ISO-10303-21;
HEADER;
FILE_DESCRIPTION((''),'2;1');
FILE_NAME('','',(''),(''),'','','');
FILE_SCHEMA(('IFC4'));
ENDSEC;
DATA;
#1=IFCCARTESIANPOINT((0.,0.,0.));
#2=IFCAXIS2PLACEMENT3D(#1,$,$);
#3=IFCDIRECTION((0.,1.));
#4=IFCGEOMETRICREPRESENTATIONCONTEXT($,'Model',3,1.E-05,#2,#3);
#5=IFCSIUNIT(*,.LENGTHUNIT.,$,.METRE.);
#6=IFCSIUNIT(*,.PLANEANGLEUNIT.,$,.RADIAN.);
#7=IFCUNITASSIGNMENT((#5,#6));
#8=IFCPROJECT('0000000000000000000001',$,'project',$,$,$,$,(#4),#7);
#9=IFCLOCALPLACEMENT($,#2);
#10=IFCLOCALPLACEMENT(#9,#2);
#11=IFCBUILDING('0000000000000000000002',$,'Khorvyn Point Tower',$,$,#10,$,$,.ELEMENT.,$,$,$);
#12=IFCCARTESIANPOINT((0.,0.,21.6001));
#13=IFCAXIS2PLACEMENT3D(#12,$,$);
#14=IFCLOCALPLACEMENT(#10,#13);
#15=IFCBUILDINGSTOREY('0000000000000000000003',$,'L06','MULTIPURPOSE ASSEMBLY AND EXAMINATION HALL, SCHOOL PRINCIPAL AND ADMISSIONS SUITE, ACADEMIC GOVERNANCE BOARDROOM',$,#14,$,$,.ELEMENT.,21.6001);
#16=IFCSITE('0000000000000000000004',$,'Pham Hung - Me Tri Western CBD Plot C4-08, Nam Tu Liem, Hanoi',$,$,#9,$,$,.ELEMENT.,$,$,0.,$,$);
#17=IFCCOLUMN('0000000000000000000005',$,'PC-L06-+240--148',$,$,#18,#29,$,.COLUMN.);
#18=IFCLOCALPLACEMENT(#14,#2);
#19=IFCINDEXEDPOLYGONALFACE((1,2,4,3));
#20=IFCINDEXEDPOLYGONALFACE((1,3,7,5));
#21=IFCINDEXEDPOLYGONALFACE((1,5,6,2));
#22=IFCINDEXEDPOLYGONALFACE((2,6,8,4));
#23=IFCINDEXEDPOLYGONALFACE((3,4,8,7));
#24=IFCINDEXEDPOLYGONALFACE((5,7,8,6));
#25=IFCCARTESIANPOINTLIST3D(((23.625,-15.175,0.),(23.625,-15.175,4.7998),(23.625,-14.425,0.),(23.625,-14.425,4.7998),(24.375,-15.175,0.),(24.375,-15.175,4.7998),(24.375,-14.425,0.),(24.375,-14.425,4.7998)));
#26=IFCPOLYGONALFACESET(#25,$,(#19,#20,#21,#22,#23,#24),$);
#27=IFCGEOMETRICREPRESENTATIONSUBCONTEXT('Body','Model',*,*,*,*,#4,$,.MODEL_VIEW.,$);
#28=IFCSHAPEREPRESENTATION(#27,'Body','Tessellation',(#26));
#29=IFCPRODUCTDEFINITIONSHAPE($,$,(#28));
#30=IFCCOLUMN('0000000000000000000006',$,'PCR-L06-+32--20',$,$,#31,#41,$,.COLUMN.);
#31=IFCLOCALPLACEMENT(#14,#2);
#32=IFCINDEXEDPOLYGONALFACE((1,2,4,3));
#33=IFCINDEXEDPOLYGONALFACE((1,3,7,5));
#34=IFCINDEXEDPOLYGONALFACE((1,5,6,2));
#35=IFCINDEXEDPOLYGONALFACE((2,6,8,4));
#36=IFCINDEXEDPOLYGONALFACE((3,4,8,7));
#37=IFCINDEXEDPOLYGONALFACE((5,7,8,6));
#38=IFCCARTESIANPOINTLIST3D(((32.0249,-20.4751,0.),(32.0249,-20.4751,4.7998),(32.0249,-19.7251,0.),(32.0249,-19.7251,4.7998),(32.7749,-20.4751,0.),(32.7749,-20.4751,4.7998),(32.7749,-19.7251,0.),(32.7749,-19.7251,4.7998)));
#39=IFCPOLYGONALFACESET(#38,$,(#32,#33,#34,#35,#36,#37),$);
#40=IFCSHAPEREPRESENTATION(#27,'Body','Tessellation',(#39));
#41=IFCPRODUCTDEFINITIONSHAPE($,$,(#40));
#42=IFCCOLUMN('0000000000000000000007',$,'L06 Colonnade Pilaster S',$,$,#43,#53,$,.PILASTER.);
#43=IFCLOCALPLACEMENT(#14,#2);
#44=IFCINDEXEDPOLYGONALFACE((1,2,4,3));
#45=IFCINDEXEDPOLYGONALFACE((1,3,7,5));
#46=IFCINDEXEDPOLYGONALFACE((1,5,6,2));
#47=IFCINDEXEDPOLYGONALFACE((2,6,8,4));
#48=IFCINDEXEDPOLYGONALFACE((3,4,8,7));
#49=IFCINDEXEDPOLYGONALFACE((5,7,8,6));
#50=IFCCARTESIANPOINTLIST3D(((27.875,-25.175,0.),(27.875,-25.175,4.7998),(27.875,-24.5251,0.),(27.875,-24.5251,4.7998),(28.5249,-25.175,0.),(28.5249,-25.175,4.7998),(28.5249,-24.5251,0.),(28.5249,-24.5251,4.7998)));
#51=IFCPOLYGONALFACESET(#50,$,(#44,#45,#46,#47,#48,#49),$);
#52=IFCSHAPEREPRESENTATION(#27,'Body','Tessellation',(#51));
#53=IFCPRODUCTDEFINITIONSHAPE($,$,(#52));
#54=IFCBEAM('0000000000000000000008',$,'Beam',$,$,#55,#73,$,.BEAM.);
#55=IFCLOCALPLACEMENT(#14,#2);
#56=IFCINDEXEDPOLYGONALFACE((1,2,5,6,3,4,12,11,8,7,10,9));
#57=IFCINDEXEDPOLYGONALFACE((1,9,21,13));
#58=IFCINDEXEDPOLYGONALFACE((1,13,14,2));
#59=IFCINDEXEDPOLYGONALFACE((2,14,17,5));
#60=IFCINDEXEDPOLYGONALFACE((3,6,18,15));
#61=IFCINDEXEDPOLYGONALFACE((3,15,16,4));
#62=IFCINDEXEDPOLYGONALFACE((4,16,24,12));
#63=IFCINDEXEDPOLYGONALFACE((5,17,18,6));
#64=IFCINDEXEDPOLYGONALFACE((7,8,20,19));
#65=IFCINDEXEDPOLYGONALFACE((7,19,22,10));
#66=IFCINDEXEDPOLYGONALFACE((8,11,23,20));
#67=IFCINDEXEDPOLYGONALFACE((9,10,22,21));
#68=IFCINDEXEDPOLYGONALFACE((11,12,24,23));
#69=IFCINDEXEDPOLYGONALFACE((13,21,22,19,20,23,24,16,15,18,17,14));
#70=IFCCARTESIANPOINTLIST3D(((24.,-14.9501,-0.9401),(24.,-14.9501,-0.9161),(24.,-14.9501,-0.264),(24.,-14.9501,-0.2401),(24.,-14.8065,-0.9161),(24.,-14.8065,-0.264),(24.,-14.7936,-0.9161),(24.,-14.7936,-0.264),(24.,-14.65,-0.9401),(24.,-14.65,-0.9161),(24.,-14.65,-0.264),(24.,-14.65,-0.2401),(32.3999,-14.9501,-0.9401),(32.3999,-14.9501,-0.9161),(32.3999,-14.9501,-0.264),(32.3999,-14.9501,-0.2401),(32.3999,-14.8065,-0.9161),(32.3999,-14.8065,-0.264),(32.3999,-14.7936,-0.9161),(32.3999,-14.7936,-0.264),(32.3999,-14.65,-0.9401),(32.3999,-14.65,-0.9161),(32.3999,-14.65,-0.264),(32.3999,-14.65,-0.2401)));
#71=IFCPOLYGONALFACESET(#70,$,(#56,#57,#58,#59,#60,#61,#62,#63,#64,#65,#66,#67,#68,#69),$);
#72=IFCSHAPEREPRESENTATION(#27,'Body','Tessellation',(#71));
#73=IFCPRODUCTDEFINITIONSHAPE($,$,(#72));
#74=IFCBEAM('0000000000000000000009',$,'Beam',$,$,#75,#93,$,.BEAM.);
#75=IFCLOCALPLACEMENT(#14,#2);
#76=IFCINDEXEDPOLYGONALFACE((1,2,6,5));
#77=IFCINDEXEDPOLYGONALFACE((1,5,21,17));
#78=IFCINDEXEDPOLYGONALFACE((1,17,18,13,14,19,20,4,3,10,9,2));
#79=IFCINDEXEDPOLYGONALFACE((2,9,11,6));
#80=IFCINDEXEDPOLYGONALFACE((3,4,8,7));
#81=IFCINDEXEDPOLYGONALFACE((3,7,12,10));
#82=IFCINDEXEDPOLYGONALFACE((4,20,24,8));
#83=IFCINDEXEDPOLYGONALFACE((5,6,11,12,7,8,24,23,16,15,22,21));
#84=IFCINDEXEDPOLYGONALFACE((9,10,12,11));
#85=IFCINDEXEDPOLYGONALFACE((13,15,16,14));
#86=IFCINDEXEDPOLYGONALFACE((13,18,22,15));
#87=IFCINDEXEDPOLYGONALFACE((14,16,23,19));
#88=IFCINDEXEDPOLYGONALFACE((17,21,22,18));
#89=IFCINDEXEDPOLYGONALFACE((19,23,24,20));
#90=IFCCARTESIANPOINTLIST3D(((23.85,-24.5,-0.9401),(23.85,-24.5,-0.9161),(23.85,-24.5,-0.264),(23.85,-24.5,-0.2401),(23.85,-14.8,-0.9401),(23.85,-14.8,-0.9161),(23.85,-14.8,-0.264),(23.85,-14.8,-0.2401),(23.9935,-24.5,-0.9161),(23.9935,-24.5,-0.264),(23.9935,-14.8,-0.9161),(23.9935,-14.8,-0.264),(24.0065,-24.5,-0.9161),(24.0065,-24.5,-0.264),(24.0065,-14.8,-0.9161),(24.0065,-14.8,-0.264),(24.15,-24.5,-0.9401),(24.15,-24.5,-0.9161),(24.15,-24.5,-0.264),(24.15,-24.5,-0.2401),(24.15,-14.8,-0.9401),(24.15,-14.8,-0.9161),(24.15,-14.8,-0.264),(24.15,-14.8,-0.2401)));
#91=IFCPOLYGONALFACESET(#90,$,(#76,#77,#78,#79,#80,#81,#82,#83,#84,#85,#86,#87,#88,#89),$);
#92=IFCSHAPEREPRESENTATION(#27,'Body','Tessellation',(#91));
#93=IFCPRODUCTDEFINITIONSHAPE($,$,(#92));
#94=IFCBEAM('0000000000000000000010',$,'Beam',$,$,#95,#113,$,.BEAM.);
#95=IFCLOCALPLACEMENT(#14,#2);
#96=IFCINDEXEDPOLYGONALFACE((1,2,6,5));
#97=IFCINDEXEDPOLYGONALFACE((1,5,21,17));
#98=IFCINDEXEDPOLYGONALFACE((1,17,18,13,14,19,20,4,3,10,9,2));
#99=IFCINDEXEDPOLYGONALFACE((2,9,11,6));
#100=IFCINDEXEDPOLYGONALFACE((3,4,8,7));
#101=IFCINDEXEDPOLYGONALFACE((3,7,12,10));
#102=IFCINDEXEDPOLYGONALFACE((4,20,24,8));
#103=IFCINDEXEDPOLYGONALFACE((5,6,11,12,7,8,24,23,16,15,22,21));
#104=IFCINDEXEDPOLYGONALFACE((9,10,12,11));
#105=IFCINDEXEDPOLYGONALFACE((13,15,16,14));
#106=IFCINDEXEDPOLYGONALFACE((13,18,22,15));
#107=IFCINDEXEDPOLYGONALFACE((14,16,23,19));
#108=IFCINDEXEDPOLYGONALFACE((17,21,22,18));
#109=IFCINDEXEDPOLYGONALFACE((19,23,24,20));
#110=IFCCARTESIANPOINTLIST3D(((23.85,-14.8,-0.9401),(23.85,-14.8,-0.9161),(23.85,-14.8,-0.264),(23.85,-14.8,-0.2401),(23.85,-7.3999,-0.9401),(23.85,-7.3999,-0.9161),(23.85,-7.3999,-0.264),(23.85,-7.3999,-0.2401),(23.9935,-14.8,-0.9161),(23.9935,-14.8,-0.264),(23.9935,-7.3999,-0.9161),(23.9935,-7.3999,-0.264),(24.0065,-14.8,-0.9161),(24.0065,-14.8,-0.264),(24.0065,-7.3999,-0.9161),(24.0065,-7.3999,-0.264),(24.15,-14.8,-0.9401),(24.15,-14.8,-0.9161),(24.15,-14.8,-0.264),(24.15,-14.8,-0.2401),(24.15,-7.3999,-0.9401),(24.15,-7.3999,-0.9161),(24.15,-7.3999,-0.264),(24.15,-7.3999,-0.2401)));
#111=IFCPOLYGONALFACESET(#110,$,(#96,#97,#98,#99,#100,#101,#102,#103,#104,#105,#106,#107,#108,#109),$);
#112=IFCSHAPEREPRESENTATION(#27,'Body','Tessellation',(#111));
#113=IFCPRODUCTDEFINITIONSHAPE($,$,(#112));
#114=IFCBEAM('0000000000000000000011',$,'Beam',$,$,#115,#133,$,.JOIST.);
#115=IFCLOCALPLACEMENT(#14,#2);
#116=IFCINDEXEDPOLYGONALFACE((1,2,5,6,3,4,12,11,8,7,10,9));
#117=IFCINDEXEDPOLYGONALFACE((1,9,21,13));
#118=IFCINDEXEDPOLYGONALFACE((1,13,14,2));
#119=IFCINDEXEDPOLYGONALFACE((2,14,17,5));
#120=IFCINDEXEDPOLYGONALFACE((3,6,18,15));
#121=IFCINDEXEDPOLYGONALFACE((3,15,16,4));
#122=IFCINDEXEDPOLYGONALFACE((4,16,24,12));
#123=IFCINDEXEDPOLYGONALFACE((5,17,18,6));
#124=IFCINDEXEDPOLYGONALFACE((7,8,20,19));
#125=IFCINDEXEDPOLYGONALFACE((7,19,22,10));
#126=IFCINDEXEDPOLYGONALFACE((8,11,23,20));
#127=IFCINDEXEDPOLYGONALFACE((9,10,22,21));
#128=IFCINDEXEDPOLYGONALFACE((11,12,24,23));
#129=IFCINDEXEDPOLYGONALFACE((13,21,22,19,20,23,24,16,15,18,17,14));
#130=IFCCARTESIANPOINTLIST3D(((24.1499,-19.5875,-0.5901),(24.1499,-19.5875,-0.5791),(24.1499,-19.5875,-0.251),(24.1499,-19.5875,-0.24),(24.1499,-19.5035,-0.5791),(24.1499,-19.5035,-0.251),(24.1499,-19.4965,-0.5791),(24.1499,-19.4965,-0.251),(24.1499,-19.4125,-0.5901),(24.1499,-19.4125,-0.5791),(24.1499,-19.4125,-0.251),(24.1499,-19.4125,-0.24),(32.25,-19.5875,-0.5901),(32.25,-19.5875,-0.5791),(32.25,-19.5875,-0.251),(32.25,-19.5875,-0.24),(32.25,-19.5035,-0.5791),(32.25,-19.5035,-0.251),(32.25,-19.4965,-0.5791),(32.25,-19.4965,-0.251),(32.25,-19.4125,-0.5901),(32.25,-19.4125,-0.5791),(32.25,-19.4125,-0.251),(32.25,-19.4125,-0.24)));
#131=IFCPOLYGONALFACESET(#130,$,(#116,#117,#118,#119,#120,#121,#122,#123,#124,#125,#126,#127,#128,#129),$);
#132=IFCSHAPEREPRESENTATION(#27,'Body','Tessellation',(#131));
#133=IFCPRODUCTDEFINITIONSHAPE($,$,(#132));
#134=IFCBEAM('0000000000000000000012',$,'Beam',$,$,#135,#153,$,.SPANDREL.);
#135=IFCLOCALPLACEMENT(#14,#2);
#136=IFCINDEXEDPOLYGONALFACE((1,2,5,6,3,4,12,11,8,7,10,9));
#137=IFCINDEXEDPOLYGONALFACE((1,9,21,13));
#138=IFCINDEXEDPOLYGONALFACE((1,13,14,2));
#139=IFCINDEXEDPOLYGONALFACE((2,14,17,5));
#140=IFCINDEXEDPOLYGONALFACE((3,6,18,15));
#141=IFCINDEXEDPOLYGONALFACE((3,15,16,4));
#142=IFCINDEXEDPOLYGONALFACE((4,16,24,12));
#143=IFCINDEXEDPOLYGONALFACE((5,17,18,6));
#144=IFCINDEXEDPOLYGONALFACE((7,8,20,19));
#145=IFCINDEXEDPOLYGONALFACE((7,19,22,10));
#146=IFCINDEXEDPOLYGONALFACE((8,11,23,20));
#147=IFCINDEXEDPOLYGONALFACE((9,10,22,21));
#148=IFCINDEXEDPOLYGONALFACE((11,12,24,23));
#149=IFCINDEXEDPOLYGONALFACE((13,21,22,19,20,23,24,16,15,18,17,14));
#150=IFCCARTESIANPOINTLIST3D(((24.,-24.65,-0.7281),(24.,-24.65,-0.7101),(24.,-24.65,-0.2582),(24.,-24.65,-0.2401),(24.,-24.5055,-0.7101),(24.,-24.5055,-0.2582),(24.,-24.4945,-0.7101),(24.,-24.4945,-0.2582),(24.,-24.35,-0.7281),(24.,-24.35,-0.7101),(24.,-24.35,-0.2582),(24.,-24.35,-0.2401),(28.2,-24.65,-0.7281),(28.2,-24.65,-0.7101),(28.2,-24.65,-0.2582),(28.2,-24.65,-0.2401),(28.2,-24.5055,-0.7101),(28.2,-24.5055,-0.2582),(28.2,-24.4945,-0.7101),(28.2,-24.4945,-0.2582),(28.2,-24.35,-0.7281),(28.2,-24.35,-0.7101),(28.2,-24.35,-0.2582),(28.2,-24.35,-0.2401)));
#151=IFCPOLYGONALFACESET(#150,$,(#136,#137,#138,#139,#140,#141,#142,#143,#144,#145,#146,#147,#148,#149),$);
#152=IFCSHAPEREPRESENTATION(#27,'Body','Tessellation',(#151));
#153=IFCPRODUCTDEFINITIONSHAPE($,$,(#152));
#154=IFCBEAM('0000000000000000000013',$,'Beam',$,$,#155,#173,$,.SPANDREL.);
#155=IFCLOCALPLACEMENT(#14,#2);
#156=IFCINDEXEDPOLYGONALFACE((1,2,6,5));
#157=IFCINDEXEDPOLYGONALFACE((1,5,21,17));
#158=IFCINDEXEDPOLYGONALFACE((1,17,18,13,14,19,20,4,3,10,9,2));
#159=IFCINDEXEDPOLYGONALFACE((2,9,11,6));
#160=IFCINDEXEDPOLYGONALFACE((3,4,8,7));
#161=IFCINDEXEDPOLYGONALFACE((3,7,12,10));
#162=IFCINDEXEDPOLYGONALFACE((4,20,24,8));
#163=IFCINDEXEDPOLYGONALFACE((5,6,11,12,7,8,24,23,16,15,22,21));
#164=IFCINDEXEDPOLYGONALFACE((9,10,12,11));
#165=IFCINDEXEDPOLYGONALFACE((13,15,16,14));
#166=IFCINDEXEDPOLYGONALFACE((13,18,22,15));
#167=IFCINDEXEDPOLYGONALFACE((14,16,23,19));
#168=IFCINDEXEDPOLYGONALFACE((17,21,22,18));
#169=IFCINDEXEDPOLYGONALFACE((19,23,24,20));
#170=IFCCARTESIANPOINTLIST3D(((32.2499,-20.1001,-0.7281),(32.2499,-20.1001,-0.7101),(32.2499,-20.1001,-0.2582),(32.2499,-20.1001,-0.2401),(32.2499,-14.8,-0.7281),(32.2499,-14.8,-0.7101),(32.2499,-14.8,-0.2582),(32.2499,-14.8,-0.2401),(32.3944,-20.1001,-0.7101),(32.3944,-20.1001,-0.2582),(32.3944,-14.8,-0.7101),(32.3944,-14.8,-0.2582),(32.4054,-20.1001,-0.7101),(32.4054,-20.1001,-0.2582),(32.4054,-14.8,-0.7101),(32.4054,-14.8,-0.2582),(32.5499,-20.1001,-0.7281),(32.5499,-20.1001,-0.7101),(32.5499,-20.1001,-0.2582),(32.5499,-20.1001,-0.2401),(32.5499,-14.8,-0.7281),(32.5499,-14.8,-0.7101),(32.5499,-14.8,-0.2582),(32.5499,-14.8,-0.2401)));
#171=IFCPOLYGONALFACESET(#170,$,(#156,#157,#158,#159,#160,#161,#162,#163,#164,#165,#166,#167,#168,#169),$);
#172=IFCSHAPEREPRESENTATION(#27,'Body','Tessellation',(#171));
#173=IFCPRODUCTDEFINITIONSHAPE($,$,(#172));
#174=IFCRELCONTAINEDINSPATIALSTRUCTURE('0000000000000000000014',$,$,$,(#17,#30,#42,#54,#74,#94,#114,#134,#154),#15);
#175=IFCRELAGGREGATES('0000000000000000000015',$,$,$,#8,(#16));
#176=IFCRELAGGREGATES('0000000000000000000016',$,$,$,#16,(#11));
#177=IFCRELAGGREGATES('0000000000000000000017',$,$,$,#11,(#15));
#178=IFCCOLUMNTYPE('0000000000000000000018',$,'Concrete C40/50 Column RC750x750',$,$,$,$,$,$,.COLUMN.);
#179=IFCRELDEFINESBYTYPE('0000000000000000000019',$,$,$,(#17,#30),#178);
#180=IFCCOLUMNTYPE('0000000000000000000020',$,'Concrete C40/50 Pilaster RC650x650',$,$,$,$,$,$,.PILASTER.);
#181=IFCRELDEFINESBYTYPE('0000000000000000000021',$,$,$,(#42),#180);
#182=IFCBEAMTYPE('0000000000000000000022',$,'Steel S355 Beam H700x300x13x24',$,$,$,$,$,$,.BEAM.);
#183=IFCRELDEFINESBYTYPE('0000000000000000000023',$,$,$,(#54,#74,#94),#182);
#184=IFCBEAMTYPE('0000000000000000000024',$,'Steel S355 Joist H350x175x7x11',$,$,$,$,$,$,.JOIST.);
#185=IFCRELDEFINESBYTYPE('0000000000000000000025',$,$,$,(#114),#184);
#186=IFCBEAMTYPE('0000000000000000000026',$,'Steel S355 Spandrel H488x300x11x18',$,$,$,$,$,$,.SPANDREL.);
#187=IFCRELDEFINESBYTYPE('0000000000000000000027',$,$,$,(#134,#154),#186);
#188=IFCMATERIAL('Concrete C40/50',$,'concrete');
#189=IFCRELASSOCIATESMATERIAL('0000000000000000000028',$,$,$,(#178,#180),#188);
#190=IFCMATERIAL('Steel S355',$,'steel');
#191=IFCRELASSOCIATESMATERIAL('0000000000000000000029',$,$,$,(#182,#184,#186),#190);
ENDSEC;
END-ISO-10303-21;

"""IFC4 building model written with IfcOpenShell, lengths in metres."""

from ifc_helpers import new_model, si_unit, direction, frame, origin, origin_2d, place, context, subcontext, project, spatial, rectangle, i_section, extrude, material, material_profile, profile_set, type_object, element, save


model = new_model("IFC4")

# Units and contexts
model_context = context("Model", 3, precision=1e-05, world=origin(), true_north=direction((0.0, 1.0)))
body_context = subcontext(model_context, "Body", "Model", "MODEL_VIEW")
ifc_project = project(units=[si_unit("LENGTHUNIT", "METRE"), si_unit("PLANEANGLEUNIT", "RADIAN")], contexts=[model_context])

# Site, building, storey
site_placement = place(None, origin())
site = spatial("IfcSite", under=ifc_project, at=site_placement, Name="Pham Hung - Me Tri Western CBD Plot C4-08, Nam Tu Liem, Hanoi", CompositionType="ELEMENT", RefElevation=0.0)
building_placement = place(site_placement, origin())
building = spatial("IfcBuilding", under=site, at=building_placement, Name="Khorvyn Point Tower", CompositionType="ELEMENT")
storey_placement = place(building_placement, frame((0.0, 0.0, 21.6001)))
storey = spatial("IfcBuildingStorey", under=building, at=storey_placement, Name="L06", Description="MULTIPURPOSE ASSEMBLY AND EXAMINATION HALL, SCHOOL PRINCIPAL AND ADMISSIONS SUITE, ACADEMIC GOVERNANCE BOARDROOM", CompositionType="ELEMENT", Elevation=21.6001)

# Columns
ifc_material_1 = material(Name="Concrete C40/50", Category="concrete")
ifc_material_profile_1 = material_profile(ifc_material_1, rectangle(XDim=0.75, YDim=0.75, at=origin_2d()))
ifc_profile_set_1 = profile_set([ifc_material_profile_1], Name="Concrete C40/50 RC750x750")
column_type_1 = type_object("IfcColumnType", Name="Concrete C40/50 Column RC750x750", PredefinedType="COLUMN", material=ifc_profile_set_1)
for number, where, z_axis, x_axis, name in (
    (1, (24.0, -14.8, 0.0), (0.0, 0.0, 1.0), (1.0, 0.0, 0.0), "PC-L06-+240--148"),
    (2, (32.3999, -20.1001, 0.0), (0.0, 0.0, 1.0), (1.0, 0.0, 0.0), "PCR-L06-+32--20"),
):
    element("IfcColumn", number, at=place(storey_placement, frame(where, z_axis=z_axis, x_axis=x_axis)), inside=storey, type_object=column_type_1, Name=name, PredefinedType="COLUMN", context=body_context, shape_type="SweptSolid", body=[
        extrude(rectangle(XDim=0.75, YDim=0.75, at=origin_2d()), origin(), (0.0, 0.0, 1.0), 4.7998),
    ])
ifc_material_profile_2 = material_profile(ifc_material_1, rectangle(XDim=0.6499, YDim=0.6499, at=origin_2d()))
ifc_profile_set_2 = profile_set([ifc_material_profile_2], Name="Concrete C40/50 RC650x650")
column_type_2 = type_object("IfcColumnType", Name="Concrete C40/50 Pilaster RC650x650", PredefinedType="PILASTER", material=ifc_profile_set_2)
column_placement = place(storey_placement, frame((28.2, -24.8501, 0.0), z_axis=(0.0, 0.0, 1.0), x_axis=(1.0, 0.0, 0.0)))
element("IfcColumn", 3, at=column_placement, inside=storey, type_object=column_type_2, Name="L06 Colonnade Pilaster S", PredefinedType="PILASTER", context=body_context, shape_type="SweptSolid", body=[
    extrude(rectangle(XDim=0.6499, YDim=0.6499, at=origin_2d()), origin(), (0.0, 0.0, 1.0), 4.7998),
])

# Beams
ifc_material_2 = material(Name="Steel S355", Category="steel")
ifc_material_profile_3 = material_profile(ifc_material_2, i_section(OverallWidth=0.3, OverallDepth=0.7, WebThickness=0.0129, FlangeThickness=0.0239, at=origin_2d()))
ifc_profile_set_3 = profile_set([ifc_material_profile_3], Name="Steel S355 H700x300x13x24")
beam_type_1 = type_object("IfcBeamType", Name="Steel S355 Beam H700x300x13x24", PredefinedType="BEAM", material=ifc_profile_set_3)
beam_1_placement = place(storey_placement, frame((24.0, -14.8, -0.5901), z_axis=(1.0, 0.0, 0.0), x_axis=(0.0, 1.0, 0.0)))
element("IfcBeam", 4, at=beam_1_placement, inside=storey, type_object=beam_type_1, Name="Beam", PredefinedType="BEAM", context=body_context, shape_type="SweptSolid", body=[
    extrude(i_section(OverallWidth=0.3, OverallDepth=0.7, WebThickness=0.0129, FlangeThickness=0.0239, at=origin_2d()), origin(), (0.0, 0.0, 1.0), 8.3999),
])
beam_2_placement = place(storey_placement, frame((24.0, -24.5, -0.5901), z_axis=(0.0, 1.0, 0.0), x_axis=(-1.0, 0.0, 0.0)))
element("IfcBeam", 5, at=beam_2_placement, inside=storey, type_object=beam_type_1, Name="Beam", PredefinedType="BEAM", context=body_context, shape_type="SweptSolid", body=[
    extrude(i_section(OverallWidth=0.3, OverallDepth=0.7, WebThickness=0.0129, FlangeThickness=0.0239, at=origin_2d()), origin(), (0.0, 0.0, 1.0), 9.7),
])
beam_3_placement = place(storey_placement, frame((24.0, -14.8, -0.5901), z_axis=(0.0, 1.0, 0.0), x_axis=(-1.0, 0.0, 0.0)))
element("IfcBeam", 6, at=beam_3_placement, inside=storey, type_object=beam_type_1, Name="Beam", PredefinedType="BEAM", context=body_context, shape_type="SweptSolid", body=[
    extrude(i_section(OverallWidth=0.3, OverallDepth=0.7, WebThickness=0.0129, FlangeThickness=0.0239, at=origin_2d()), origin(), (0.0, 0.0, 1.0), 7.4001),
])
ifc_material_profile_4 = material_profile(ifc_material_2, i_section(OverallWidth=0.175, OverallDepth=0.3501, WebThickness=0.0071, FlangeThickness=0.011, at=origin_2d()))
ifc_profile_set_4 = profile_set([ifc_material_profile_4], Name="Steel S355 H350x175x7x11")
beam_type_2 = type_object("IfcBeamType", Name="Steel S355 Joist H350x175x7x11", PredefinedType="JOIST", material=ifc_profile_set_4)
beam_4_placement = place(storey_placement, frame((24.1499, -19.5, -0.415), z_axis=(1.0, 0.0, 0.0), x_axis=(0.0, 1.0, 0.0)))
element("IfcBeam", 7, at=beam_4_placement, inside=storey, type_object=beam_type_2, Name="Beam", PredefinedType="JOIST", context=body_context, shape_type="SweptSolid", body=[
    extrude(i_section(OverallWidth=0.175, OverallDepth=0.3501, WebThickness=0.0071, FlangeThickness=0.011, at=origin_2d()), origin(), (0.0, 0.0, 1.0), 8.1001),
])
ifc_material_profile_5 = material_profile(ifc_material_2, i_section(OverallWidth=0.3, OverallDepth=0.488, WebThickness=0.011, FlangeThickness=0.0181, at=origin_2d()))
ifc_profile_set_5 = profile_set([ifc_material_profile_5], Name="Steel S355 H488x300x11x18")
beam_type_3 = type_object("IfcBeamType", Name="Steel S355 Spandrel H488x300x11x18", PredefinedType="SPANDREL", material=ifc_profile_set_5)
beam_5_placement = place(storey_placement, frame((24.0, -24.5, -0.4841), z_axis=(1.0, 0.0, 0.0), x_axis=(0.0, 1.0, 0.0)))
element("IfcBeam", 8, at=beam_5_placement, inside=storey, type_object=beam_type_3, Name="Beam", PredefinedType="SPANDREL", context=body_context, shape_type="SweptSolid", body=[
    extrude(i_section(OverallWidth=0.3, OverallDepth=0.488, WebThickness=0.011, FlangeThickness=0.0181, at=origin_2d()), origin(), (0.0, 0.0, 1.0), 4.2),
])
beam_6_placement = place(storey_placement, frame((32.3999, -20.1001, -0.4841), z_axis=(0.0, 1.0, 0.0), x_axis=(-1.0, 0.0, 0.0)))
element("IfcBeam", 9, at=beam_6_placement, inside=storey, type_object=beam_type_3, Name="Beam", PredefinedType="SPANDREL", context=body_context, shape_type="SweptSolid", body=[
    extrude(i_section(OverallWidth=0.3, OverallDepth=0.488, WebThickness=0.011, FlangeThickness=0.0181, at=origin_2d()), origin(), (0.0, 0.0, 1.0), 5.3),
])

save(model, "model.ifc")
